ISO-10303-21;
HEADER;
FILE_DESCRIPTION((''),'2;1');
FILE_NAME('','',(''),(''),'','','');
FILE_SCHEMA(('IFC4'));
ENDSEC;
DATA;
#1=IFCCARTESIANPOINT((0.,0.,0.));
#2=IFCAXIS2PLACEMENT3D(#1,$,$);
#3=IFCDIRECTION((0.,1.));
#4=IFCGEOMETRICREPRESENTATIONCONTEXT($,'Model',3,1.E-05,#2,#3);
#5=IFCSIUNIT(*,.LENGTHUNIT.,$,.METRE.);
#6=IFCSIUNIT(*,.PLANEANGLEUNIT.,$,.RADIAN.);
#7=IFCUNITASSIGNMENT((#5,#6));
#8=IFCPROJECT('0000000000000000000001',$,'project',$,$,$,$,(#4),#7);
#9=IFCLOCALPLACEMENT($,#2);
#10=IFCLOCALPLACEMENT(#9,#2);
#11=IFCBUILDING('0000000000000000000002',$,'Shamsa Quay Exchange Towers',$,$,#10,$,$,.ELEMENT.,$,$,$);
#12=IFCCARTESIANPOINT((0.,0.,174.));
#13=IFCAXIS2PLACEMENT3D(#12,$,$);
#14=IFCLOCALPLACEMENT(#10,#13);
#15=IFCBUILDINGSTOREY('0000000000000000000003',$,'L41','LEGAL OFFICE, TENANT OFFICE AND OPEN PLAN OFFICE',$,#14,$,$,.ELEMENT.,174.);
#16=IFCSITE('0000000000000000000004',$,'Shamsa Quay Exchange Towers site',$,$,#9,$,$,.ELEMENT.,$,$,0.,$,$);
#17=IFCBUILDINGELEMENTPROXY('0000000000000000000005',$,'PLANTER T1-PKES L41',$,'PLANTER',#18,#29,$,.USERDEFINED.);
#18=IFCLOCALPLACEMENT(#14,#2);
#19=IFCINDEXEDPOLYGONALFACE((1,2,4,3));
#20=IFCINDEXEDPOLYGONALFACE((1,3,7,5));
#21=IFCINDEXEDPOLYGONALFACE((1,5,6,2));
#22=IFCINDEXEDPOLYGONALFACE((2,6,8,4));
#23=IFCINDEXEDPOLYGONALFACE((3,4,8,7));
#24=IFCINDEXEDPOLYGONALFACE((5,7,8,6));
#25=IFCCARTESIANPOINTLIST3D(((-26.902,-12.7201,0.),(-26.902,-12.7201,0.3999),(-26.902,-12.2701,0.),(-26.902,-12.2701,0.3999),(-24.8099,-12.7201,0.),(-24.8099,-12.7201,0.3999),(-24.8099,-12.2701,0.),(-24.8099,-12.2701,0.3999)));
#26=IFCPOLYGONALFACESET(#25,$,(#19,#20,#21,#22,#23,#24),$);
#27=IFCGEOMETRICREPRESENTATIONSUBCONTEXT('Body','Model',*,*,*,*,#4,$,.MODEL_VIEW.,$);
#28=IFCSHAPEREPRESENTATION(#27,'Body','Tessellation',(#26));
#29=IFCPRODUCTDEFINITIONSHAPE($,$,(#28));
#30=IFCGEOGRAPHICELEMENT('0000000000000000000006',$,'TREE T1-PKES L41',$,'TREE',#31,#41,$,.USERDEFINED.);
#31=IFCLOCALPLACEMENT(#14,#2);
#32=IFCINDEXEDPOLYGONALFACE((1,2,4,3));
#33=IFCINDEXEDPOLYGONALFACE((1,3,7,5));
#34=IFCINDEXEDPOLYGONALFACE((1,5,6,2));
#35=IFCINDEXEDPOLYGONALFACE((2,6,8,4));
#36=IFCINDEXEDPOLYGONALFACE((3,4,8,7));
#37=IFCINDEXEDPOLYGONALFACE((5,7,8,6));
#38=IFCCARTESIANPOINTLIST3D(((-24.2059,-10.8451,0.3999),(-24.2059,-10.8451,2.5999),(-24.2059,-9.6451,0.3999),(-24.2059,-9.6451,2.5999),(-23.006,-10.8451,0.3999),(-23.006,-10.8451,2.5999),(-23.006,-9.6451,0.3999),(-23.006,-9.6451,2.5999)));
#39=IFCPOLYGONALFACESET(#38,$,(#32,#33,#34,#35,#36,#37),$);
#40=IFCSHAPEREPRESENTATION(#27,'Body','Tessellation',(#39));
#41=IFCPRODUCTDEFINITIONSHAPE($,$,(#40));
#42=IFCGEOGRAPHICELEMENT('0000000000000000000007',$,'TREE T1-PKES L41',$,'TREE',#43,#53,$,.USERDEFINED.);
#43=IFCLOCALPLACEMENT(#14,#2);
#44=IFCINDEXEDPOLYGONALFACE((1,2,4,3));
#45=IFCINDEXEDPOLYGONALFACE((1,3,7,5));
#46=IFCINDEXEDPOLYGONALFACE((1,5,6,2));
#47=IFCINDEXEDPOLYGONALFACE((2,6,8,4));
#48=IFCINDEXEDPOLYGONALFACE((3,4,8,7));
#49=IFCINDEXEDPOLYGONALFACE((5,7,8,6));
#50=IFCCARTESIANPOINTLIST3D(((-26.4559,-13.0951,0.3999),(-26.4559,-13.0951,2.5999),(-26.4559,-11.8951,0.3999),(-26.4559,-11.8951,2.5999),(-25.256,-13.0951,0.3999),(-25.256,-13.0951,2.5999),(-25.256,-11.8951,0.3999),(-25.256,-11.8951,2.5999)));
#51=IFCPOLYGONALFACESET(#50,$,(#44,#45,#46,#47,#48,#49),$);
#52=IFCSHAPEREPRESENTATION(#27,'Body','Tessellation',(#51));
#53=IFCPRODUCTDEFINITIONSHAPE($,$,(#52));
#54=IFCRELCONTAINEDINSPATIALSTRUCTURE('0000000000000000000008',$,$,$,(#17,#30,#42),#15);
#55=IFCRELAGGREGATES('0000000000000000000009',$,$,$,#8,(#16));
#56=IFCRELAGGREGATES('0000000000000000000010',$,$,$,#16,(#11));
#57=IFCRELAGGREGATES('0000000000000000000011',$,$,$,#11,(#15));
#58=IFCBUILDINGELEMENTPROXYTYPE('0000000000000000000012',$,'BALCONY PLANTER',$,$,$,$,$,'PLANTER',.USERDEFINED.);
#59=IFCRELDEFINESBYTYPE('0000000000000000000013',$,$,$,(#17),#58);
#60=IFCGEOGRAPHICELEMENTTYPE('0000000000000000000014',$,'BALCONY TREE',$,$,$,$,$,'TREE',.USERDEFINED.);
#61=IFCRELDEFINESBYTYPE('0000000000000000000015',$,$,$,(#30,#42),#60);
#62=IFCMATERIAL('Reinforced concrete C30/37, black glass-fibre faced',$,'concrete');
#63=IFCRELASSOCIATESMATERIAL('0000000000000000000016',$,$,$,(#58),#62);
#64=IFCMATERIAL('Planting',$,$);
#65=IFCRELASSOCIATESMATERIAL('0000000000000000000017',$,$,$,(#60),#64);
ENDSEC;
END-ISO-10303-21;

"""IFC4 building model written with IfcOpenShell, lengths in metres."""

from ifc_helpers import new_model, si_unit, direction, frame, origin, origin_2d, place, context, subcontext, project, spatial, rectangle, extrude, material, type_object, element, save


model = new_model("IFC4")

# Units and contexts
model_context = context("Model", 3, precision=1e-05, world=origin(), true_north=direction((0.0, 1.0)))
body_context = subcontext(model_context, "Body", "Model", "MODEL_VIEW")
ifc_project = project(units=[si_unit("LENGTHUNIT", "METRE"), si_unit("PLANEANGLEUNIT", "RADIAN")], contexts=[model_context])

# Site, building, storey
site_placement = place(None, origin())
site = spatial("IfcSite", under=ifc_project, at=site_placement, Name="Shamsa Quay Exchange Towers site", CompositionType="ELEMENT", RefElevation=0.0)
building_placement = place(site_placement, origin())
building = spatial("IfcBuilding", under=site, at=building_placement, Name="Shamsa Quay Exchange Towers", CompositionType="ELEMENT")
storey_placement = place(building_placement, frame((0.0, 0.0, 174.0)))
storey = spatial("IfcBuildingStorey", under=building, at=storey_placement, Name="L41", Description="LEGAL OFFICE, TENANT OFFICE AND OPEN PLAN OFFICE", CompositionType="ELEMENT", Elevation=174.0)

# Building element proxy
ifc_material_1 = material(Name="Reinforced concrete C30/37, black glass-fibre faced", Category="concrete")
building_element_proxy_type = type_object("IfcBuildingElementProxyType", Name="BALCONY PLANTER", ElementType="PLANTER", PredefinedType="USERDEFINED", material=ifc_material_1)
for number, where, name in (
    (1, (-25.856, -12.4951, 0.0), "PLANTER T1-PKES L41"),
):
    element("IfcBuildingElementProxy", number, at=place(storey_placement, frame(where)), inside=storey, type_object=building_element_proxy_type, Name=name, ObjectType="PLANTER", PredefinedType="USERDEFINED", context=body_context, shape_type="SweptSolid", body=[
        extrude(rectangle(XDim=2.092, YDim=0.45, at=origin_2d()), origin(), (0.0, 0.0, 1.0), 0.3999),
    ])

# Geographic elements
ifc_material_2 = material(Name="Planting")
geographic_element_type = type_object("IfcGeographicElementType", Name="BALCONY TREE", ElementType="TREE", PredefinedType="USERDEFINED", material=ifc_material_2)
for number, where, name in (
    (2, (-23.606, -10.2451, 0.3999), "TREE T1-PKES L41"),
    (3, (-25.856, -12.4951, 0.3999), "TREE T1-PKES L41"),
):
    element("IfcGeographicElement", number, at=place(storey_placement, frame(where)), inside=storey, type_object=geographic_element_type, Name=name, ObjectType="TREE", PredefinedType="USERDEFINED", context=body_context, shape_type="SweptSolid", body=[
        extrude(rectangle(XDim=1.2, YDim=1.2, at=origin_2d()), origin(), (0.0, 0.0, 1.0), 2.2),
    ])

save(model, "model.ifc")
